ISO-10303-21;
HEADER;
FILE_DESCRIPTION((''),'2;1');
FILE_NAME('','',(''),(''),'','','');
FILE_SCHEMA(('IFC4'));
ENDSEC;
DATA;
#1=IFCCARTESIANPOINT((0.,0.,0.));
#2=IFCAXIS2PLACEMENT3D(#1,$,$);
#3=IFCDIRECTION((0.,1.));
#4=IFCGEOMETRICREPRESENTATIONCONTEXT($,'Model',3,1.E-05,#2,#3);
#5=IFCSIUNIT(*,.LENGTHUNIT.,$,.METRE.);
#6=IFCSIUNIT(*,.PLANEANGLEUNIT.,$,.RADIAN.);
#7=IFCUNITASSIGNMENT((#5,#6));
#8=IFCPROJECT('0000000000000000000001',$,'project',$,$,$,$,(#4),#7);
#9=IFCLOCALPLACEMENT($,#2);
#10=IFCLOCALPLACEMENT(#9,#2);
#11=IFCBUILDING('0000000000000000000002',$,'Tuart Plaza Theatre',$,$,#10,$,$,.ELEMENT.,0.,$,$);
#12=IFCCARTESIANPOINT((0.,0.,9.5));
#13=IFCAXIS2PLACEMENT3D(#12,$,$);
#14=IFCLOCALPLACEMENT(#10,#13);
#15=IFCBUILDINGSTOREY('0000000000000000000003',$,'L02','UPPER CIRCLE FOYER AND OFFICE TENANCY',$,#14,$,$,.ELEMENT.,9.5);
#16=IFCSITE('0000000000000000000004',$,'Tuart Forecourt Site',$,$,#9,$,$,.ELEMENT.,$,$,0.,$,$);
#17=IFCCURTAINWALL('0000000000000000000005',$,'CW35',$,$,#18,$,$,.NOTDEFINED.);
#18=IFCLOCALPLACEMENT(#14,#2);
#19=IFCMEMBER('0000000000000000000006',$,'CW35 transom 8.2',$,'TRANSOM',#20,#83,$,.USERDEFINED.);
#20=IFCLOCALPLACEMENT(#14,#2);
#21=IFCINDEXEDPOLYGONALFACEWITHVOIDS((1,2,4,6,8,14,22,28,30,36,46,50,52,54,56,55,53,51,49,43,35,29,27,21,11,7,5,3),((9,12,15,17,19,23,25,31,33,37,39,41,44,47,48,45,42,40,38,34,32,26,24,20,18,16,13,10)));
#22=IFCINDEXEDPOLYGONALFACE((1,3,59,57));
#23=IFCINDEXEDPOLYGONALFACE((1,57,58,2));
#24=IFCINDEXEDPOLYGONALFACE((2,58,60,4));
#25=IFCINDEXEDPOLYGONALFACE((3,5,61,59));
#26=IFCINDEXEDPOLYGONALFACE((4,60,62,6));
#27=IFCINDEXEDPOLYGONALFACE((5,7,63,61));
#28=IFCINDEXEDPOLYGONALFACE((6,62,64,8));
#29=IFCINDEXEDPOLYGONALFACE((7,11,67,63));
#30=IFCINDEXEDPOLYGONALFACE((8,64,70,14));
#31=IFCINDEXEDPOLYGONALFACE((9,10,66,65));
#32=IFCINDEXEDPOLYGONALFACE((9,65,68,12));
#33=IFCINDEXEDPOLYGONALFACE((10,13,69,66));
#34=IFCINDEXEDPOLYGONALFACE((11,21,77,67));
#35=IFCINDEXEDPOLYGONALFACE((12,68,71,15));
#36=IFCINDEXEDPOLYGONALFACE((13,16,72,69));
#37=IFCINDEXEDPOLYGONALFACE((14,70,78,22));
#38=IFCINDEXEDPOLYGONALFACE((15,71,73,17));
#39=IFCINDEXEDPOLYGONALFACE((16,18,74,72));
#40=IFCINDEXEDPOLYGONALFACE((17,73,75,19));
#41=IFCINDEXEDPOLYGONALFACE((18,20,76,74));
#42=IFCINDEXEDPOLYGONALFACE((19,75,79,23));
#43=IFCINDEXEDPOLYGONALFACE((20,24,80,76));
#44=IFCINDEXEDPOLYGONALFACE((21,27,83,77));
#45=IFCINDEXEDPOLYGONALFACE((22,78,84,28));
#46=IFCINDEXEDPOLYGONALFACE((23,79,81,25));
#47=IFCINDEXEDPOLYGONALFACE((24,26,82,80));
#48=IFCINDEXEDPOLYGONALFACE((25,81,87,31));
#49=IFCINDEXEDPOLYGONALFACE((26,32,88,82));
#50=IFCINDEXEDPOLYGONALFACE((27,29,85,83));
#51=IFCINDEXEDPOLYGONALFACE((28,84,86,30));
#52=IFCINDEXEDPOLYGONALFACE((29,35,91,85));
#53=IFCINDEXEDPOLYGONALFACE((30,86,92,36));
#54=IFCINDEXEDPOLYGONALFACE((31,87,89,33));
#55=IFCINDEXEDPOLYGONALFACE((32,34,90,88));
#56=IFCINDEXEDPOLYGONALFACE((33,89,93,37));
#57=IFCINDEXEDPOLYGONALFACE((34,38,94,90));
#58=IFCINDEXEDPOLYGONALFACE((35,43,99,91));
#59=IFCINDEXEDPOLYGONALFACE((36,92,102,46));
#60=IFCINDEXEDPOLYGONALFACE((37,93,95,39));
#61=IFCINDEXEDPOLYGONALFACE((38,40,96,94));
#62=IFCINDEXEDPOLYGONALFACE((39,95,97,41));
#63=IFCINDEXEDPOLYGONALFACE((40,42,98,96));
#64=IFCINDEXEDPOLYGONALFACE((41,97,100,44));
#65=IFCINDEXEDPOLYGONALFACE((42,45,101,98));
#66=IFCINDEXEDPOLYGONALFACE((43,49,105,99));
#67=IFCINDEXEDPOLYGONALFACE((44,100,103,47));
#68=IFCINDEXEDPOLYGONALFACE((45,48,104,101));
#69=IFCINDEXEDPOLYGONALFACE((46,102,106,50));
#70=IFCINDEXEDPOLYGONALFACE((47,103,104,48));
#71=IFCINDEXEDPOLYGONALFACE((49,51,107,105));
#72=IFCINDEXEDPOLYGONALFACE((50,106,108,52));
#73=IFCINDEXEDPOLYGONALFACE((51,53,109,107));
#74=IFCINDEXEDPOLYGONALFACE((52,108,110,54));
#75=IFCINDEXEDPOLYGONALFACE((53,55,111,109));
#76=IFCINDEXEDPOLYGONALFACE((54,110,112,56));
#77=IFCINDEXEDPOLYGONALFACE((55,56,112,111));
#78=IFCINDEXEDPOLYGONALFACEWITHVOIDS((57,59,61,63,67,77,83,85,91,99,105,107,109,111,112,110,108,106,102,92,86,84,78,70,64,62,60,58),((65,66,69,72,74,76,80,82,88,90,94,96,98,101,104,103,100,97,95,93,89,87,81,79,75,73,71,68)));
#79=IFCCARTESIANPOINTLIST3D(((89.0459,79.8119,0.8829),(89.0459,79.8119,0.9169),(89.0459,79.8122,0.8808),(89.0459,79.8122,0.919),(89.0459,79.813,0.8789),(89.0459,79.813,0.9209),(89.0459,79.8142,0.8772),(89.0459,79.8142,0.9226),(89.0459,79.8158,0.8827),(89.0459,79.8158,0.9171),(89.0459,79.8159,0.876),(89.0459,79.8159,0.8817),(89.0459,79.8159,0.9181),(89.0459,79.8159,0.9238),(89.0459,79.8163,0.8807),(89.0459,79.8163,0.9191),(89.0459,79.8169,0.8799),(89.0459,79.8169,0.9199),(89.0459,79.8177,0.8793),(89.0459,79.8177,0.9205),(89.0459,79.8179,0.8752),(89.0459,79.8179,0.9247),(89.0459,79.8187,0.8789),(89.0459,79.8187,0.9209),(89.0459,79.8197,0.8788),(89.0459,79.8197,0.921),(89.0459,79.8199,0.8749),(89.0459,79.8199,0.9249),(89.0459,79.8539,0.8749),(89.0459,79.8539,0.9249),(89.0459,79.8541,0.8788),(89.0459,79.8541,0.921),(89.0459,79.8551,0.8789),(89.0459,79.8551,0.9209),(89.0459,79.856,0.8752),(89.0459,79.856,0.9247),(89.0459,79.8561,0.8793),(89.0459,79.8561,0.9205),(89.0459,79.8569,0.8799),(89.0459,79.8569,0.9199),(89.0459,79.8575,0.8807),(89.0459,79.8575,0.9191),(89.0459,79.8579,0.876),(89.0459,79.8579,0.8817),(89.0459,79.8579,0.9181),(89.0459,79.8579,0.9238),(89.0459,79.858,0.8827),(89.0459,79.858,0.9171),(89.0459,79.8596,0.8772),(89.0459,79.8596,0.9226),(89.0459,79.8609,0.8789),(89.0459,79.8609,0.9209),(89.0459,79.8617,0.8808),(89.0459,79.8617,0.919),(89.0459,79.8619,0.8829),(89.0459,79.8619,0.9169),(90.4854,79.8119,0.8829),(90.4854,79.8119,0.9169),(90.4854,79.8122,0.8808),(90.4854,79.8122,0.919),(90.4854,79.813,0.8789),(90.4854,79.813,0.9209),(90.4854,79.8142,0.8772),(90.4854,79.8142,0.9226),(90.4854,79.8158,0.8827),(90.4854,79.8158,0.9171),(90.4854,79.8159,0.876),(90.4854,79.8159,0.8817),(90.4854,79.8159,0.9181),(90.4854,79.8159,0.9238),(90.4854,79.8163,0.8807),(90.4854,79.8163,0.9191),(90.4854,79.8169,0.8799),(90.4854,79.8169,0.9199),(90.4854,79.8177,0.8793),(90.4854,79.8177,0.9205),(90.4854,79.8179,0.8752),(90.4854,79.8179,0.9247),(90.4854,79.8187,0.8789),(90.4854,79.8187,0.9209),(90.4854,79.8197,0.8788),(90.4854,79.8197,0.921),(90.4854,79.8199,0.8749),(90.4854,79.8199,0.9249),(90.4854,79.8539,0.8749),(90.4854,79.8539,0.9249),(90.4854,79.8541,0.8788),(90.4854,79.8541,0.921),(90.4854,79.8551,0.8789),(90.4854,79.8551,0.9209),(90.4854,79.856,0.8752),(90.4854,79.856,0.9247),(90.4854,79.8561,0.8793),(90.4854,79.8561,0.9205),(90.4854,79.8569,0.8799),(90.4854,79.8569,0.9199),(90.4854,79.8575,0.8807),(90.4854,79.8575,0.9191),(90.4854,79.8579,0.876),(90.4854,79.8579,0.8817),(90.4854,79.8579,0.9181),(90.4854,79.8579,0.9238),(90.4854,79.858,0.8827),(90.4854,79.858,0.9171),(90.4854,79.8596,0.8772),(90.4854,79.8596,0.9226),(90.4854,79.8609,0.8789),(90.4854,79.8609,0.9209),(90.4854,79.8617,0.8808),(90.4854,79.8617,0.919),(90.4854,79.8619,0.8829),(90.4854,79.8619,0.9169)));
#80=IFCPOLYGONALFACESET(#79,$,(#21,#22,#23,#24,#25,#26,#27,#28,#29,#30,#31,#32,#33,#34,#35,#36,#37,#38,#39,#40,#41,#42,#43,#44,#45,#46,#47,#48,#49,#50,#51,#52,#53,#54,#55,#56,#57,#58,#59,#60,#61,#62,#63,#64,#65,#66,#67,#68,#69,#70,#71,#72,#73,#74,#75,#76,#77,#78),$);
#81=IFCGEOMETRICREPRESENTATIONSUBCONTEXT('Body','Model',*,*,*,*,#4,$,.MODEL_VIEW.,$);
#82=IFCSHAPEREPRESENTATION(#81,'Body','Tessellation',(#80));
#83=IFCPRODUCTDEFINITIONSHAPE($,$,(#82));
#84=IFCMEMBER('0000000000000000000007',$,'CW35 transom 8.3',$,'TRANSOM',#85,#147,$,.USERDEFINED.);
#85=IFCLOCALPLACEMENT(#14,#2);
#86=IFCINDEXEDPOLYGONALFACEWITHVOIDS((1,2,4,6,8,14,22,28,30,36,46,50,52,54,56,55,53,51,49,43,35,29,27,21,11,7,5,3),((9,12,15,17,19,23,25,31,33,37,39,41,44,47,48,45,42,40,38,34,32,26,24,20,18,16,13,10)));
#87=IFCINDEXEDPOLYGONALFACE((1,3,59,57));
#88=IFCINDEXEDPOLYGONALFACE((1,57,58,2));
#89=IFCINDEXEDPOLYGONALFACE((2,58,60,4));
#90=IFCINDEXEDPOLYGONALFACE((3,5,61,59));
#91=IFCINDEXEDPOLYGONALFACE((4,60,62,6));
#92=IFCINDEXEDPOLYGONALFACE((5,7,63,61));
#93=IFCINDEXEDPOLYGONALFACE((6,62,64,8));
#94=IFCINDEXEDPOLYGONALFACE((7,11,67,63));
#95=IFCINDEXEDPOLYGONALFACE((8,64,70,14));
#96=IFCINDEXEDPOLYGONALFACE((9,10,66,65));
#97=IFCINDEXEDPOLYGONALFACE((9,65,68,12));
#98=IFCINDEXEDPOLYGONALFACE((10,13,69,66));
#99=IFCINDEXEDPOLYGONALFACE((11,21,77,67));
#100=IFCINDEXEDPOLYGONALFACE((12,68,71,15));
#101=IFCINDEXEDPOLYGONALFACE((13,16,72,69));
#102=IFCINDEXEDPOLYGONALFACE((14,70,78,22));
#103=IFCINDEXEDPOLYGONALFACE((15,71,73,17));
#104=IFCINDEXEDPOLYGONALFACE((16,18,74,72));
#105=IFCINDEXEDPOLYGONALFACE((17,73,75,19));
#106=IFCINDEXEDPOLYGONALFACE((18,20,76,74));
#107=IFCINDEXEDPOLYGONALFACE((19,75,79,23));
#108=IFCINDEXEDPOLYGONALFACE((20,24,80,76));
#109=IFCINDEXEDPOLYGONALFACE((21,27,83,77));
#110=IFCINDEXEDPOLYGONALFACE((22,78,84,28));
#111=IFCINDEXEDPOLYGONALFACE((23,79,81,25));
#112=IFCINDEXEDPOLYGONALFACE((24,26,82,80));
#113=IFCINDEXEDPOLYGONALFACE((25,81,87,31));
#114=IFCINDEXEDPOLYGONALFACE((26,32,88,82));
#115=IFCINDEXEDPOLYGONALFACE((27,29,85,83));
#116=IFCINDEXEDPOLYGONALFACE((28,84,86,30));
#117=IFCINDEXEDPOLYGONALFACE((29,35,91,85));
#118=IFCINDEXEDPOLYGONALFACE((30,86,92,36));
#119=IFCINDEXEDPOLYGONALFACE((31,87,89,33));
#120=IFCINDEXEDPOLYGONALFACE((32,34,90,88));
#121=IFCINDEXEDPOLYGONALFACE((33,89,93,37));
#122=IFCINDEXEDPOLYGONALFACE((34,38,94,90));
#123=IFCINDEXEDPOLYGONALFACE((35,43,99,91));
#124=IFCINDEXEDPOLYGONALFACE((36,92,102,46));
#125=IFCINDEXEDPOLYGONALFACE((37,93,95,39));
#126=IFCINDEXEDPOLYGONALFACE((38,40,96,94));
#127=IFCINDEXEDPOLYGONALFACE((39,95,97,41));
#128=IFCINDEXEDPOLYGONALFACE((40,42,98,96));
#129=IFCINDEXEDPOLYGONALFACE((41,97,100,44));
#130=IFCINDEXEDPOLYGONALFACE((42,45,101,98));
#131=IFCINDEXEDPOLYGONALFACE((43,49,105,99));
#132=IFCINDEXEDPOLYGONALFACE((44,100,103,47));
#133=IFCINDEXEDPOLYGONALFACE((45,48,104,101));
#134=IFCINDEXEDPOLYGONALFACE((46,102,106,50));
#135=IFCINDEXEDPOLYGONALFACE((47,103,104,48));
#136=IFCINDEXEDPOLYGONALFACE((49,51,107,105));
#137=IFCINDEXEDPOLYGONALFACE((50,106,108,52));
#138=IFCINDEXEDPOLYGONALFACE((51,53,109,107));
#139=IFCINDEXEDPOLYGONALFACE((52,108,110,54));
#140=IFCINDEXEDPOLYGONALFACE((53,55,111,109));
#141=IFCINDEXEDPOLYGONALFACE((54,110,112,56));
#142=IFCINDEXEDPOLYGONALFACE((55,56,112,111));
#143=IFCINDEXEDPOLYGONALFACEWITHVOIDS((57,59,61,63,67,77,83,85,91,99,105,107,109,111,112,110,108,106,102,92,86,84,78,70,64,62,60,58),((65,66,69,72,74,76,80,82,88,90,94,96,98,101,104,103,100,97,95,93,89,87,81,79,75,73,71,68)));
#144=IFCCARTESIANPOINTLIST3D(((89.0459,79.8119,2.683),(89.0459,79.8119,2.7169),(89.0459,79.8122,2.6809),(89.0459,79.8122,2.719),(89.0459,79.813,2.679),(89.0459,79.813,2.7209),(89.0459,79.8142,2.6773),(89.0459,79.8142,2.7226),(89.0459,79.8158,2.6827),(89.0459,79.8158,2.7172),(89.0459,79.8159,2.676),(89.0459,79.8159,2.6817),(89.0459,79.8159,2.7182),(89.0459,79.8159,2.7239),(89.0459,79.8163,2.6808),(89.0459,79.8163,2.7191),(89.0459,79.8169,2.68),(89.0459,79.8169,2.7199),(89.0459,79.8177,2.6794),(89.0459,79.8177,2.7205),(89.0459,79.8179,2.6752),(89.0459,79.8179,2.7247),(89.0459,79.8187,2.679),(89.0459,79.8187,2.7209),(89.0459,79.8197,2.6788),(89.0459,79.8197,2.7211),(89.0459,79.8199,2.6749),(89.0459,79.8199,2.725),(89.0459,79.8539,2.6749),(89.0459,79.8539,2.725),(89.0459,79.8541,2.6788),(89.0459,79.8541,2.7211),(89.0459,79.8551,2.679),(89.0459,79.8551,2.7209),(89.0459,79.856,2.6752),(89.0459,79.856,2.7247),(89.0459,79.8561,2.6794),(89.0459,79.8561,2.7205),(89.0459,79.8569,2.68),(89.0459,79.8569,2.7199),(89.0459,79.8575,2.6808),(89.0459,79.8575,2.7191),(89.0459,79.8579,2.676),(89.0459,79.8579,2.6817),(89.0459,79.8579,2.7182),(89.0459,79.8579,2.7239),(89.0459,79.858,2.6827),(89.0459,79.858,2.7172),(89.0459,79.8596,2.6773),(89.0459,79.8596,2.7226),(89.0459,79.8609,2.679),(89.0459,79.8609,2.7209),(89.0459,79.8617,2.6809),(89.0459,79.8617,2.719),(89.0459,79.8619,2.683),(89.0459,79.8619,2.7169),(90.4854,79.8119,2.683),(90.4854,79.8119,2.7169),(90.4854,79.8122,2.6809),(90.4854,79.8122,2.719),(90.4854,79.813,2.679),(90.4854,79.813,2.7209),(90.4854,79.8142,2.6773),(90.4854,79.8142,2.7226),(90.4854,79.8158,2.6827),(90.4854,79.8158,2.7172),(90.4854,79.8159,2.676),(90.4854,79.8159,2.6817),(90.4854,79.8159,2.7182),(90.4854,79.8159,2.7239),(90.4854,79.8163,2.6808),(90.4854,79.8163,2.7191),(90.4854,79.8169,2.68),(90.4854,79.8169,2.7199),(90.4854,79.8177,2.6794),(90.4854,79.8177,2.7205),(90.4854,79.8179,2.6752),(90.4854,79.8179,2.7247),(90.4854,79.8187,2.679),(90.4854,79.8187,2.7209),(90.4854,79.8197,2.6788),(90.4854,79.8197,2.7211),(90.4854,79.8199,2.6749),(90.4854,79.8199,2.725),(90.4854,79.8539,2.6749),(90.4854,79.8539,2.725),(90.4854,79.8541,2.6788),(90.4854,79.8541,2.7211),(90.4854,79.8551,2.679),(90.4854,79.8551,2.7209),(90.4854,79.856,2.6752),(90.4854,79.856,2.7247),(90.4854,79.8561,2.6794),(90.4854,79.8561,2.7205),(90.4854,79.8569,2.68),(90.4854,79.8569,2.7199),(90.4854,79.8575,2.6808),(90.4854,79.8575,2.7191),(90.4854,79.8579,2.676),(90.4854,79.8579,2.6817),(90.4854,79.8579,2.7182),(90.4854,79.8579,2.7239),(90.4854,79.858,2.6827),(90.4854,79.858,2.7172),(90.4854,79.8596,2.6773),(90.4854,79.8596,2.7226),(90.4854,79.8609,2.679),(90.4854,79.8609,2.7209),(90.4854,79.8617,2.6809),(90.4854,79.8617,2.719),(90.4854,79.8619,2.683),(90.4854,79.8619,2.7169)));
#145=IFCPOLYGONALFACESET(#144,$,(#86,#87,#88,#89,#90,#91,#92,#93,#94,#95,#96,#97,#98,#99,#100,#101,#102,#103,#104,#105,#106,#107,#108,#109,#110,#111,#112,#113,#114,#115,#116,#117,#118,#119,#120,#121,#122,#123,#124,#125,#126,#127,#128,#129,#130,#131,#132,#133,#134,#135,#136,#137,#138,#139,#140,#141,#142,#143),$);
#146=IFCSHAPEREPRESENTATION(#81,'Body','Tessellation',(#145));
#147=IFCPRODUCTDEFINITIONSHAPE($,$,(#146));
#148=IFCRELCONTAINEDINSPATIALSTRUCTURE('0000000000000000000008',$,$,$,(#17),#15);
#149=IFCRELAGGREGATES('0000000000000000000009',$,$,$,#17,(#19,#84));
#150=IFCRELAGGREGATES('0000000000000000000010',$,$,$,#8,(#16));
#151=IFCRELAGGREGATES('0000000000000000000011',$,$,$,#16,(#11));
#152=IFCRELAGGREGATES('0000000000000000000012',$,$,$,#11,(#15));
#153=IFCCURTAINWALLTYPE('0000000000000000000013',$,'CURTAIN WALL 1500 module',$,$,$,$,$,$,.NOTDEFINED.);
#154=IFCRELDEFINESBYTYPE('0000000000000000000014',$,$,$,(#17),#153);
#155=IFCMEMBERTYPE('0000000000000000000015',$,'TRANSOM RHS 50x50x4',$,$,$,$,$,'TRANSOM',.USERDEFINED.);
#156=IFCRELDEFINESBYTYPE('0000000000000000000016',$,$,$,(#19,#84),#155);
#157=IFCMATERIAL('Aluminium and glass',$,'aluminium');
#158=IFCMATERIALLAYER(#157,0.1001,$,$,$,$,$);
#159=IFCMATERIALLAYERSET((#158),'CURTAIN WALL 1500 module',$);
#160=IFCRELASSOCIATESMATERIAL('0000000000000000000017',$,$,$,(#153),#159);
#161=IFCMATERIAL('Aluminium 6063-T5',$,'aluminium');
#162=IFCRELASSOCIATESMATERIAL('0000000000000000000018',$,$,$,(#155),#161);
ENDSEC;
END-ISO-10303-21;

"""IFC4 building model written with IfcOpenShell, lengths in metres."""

from ifc_helpers import new_model, si_unit, direction, frame, origin, origin_2d, place, context, subcontext, project, spatial, hollow_rectangle, extrude, material, layer, layer_set, material_profile, profile_set, type_object, element, aggregate, save


model = new_model("IFC4")

# Units and contexts
model_context = context("Model", 3, precision=1e-05, world=origin(), true_north=direction((0.0, 1.0)))
body_context = subcontext(model_context, "Body", "Model", "MODEL_VIEW")
ifc_project = project(units=[si_unit("LENGTHUNIT", "METRE"), si_unit("PLANEANGLEUNIT", "RADIAN")], contexts=[model_context])

# Site, building, storey
site_placement = place(None, origin())
site = spatial("IfcSite", under=ifc_project, at=site_placement, Name="Tuart Forecourt Site", CompositionType="ELEMENT", RefElevation=0.0)
building_placement = place(site_placement, origin())
building = spatial("IfcBuilding", under=site, at=building_placement, Name="Tuart Plaza Theatre", CompositionType="ELEMENT", ElevationOfRefHeight=0.0)
storey_placement = place(building_placement, frame((0.0, 0.0, 9.5)))
storey = spatial("IfcBuildingStorey", under=building, at=storey_placement, Name="L02", Description="UPPER CIRCLE FOYER AND OFFICE TENANCY", CompositionType="ELEMENT", Elevation=9.5)

# Curtain wall, members
ifc_material_1 = material(Name="Aluminium and glass", Category="aluminium")
ifc_layer_1 = layer(ifc_material_1, 0.1001)
ifc_layer_set_1 = layer_set([ifc_layer_1], Name="CURTAIN WALL 1500 module")
curtain_wall_type = type_object("IfcCurtainWallType", Name="CURTAIN WALL 1500 module", PredefinedType="NOTDEFINED", material=ifc_layer_set_1)
curtain_wall_placement = place(storey_placement, origin())
curtain_wall = element("IfcCurtainWall", 1, at=curtain_wall_placement, inside=storey, type_object=curtain_wall_type, Name="CW35", PredefinedType="NOTDEFINED")
ifc_material_2 = material(Name="Aluminium 6063-T5", Category="aluminium")
ifc_material_profile_1 = material_profile(ifc_material_2, hollow_rectangle(XDim=0.05, YDim=0.05, WallThickness=0.0039, InnerFilletRadius=0.0039, OuterFilletRadius=0.0081, at=origin_2d()), Name="RHS 50x50x4")
ifc_profile_set_1 = profile_set([ifc_material_profile_1], Name="Aluminium 6063-T5")
member_type_1 = type_object("IfcMemberType", Name="TRANSOM RHS 50x50x4", ElementType="TRANSOM", PredefinedType="USERDEFINED", material=ifc_profile_set_1)
member_1_placement = place(storey_placement, frame((89.0459, 79.8369, 0.8999), z_axis=(1.0, 0.0, 0.0), x_axis=(0.0, 1.0, 0.0)))
member_1 = element("IfcMember", 2, at=member_1_placement, type_object=member_type_1, Name="CW35 transom 8.2", ObjectType="TRANSOM", PredefinedType="USERDEFINED", context=body_context, shape_type="SweptSolid", body=[
    extrude(hollow_rectangle(XDim=0.05, YDim=0.05, WallThickness=0.0039, InnerFilletRadius=0.0039, OuterFilletRadius=0.0081, at=origin_2d()), origin(), (0.0, 0.0, 1.0), 1.4395),
])
member_2_placement = place(storey_placement, frame((89.0459, 79.8369, 2.7), z_axis=(1.0, 0.0, 0.0), x_axis=(0.0, 1.0, 0.0)))
member_2 = element("IfcMember", 3, at=member_2_placement, type_object=member_type_1, Name="CW35 transom 8.3", ObjectType="TRANSOM", PredefinedType="USERDEFINED", context=body_context, shape_type="SweptSolid", body=[
    extrude(hollow_rectangle(XDim=0.05, YDim=0.05, WallThickness=0.0039, InnerFilletRadius=0.0039, OuterFilletRadius=0.0081, at=origin_2d()), origin(), (0.0, 0.0, 1.0), 1.4395),
])
aggregate(curtain_wall, [member_1, member_2])

save(model, "model.ifc")
